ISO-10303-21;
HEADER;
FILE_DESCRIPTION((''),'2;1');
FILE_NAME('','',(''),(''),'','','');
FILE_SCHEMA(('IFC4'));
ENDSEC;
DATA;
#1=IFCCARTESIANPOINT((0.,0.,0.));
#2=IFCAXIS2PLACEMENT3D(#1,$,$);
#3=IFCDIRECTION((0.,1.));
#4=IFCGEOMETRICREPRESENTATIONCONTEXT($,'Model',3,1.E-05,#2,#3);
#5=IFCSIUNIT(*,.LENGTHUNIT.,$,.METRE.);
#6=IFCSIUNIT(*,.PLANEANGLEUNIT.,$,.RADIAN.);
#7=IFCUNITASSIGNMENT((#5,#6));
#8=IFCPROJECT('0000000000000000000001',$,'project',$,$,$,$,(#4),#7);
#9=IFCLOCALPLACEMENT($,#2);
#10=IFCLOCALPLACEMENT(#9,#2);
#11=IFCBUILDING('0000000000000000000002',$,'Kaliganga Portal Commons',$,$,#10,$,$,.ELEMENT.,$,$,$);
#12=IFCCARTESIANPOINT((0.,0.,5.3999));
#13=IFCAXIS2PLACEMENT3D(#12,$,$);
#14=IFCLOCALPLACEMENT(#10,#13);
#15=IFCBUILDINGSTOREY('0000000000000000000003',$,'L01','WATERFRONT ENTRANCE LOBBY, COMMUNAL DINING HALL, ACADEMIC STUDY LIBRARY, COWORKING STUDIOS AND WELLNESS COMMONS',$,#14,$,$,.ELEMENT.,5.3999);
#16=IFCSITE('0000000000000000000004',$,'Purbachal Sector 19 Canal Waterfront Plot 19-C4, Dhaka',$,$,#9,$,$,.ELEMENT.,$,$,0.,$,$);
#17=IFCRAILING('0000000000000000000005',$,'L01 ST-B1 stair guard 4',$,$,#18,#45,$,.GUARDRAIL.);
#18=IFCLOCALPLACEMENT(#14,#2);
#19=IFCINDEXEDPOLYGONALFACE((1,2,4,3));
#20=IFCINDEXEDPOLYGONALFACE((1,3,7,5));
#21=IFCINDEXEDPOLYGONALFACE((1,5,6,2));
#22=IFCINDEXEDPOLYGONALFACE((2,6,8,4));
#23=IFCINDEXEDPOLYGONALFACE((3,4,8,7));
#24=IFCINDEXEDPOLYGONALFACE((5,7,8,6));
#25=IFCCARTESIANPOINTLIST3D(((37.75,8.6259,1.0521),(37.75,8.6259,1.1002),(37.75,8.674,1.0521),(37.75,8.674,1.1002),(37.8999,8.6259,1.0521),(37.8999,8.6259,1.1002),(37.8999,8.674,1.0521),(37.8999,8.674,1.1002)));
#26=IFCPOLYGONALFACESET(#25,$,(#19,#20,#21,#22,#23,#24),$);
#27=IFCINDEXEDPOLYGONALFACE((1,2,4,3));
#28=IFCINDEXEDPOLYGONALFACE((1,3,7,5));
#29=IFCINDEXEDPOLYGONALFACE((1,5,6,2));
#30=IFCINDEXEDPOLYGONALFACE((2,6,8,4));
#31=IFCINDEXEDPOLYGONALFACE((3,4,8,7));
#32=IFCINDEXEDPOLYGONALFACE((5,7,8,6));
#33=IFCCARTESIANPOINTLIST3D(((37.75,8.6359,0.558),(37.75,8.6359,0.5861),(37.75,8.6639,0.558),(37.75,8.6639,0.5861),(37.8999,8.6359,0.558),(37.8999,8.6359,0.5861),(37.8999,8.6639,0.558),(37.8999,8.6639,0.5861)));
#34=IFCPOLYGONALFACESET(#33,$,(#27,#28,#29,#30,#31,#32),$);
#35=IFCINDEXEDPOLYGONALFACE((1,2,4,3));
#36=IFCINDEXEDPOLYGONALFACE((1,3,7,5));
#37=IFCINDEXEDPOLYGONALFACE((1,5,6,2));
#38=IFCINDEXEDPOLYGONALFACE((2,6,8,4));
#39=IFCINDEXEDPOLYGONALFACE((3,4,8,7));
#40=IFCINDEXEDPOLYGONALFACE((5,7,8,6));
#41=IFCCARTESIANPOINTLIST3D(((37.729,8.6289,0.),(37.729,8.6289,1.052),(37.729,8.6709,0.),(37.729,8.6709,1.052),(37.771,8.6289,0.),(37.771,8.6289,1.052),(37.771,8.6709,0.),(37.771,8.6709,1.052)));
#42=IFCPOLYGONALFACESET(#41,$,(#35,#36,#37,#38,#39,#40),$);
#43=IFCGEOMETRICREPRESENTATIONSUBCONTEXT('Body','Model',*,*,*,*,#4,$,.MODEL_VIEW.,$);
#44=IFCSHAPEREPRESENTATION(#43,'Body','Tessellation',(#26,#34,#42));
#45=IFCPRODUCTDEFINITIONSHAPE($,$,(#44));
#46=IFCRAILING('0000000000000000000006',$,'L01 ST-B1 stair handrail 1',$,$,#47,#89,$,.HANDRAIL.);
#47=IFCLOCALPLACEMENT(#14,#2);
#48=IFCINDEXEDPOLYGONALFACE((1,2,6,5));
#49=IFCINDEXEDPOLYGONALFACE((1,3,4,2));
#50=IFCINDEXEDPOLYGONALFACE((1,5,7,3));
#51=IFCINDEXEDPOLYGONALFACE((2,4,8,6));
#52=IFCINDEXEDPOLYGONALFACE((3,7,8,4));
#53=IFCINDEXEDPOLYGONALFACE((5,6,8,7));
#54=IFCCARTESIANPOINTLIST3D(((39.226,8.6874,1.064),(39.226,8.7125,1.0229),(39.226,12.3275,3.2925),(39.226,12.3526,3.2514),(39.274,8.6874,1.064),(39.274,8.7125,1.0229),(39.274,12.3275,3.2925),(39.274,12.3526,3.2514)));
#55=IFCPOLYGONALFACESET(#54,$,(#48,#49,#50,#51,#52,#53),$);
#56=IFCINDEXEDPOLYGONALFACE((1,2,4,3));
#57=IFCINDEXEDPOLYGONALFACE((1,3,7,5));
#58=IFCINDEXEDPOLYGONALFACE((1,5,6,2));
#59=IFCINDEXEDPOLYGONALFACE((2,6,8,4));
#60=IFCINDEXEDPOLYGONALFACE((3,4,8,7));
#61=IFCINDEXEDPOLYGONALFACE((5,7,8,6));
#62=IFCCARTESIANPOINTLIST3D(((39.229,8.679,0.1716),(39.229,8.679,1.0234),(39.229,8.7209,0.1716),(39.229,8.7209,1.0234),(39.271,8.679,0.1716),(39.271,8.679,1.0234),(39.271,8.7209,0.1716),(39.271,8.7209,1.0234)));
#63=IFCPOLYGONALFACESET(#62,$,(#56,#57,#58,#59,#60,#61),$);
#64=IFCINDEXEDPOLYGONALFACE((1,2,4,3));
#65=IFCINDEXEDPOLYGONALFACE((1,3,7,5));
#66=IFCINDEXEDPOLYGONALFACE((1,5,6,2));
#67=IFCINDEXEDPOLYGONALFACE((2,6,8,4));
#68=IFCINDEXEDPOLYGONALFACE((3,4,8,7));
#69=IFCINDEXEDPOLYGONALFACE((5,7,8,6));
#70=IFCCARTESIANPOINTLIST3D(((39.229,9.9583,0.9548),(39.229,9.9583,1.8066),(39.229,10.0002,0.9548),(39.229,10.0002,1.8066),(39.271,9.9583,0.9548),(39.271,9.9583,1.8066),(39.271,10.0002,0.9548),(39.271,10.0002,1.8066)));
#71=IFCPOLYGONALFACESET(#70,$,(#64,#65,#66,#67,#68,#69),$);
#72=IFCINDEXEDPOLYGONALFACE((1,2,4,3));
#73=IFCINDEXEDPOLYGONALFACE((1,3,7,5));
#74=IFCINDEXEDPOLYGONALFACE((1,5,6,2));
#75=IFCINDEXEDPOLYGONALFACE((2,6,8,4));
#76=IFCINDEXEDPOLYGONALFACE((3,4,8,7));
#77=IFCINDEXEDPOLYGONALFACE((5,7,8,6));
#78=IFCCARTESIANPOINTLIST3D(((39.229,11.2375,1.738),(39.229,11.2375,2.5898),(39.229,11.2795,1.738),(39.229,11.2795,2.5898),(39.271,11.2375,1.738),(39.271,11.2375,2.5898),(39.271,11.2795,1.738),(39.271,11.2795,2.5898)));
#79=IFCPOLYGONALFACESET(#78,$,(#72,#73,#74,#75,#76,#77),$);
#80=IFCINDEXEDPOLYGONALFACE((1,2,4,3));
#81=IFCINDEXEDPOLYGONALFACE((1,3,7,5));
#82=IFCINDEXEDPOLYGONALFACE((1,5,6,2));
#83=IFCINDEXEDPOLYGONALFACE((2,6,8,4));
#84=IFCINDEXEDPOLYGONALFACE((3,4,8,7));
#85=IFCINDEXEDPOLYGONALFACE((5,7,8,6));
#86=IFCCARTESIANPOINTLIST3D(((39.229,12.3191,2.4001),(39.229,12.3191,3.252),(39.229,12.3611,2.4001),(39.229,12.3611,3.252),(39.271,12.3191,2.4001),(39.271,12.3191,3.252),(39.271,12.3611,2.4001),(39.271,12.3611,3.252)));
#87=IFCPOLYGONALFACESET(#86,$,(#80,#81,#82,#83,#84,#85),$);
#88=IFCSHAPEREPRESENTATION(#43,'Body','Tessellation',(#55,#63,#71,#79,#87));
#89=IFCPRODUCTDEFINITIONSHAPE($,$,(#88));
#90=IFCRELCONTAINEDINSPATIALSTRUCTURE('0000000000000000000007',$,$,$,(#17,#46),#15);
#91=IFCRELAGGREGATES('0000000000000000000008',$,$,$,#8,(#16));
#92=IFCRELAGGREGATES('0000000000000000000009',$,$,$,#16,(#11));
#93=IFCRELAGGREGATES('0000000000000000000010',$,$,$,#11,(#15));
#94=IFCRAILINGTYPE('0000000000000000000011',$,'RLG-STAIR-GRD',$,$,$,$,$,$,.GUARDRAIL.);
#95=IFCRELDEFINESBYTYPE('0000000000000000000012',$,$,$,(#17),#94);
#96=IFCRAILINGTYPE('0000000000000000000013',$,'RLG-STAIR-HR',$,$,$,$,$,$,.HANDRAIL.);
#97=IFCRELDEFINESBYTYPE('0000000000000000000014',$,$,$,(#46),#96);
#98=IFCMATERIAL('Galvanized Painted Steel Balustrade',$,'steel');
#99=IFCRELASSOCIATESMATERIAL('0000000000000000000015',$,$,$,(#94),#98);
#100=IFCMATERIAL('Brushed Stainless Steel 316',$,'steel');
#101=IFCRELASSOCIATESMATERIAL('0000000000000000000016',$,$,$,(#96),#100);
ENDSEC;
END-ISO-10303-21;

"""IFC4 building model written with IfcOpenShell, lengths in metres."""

from ifc_helpers import new_model, si_unit, direction, frame, origin, origin_2d, place, context, subcontext, project, spatial, rectangle, extrude, material, type_object, element, save


model = new_model("IFC4")

# Units and contexts
model_context = context("Model", 3, precision=1e-05, world=origin(), true_north=direction((0.0, 1.0)))
body_context = subcontext(model_context, "Body", "Model", "MODEL_VIEW")
ifc_project = project(units=[si_unit("LENGTHUNIT", "METRE"), si_unit("PLANEANGLEUNIT", "RADIAN")], contexts=[model_context])

# Site, building, storey
site_placement = place(None, origin())
site = spatial("IfcSite", under=ifc_project, at=site_placement, Name="Purbachal Sector 19 Canal Waterfront Plot 19-C4, Dhaka", CompositionType="ELEMENT", RefElevation=0.0)
building_placement = place(site_placement, origin())
building = spatial("IfcBuilding", under=site, at=building_placement, Name="Kaliganga Portal Commons", CompositionType="ELEMENT")
storey_placement = place(building_placement, frame((0.0, 0.0, 5.3999)))
storey = spatial("IfcBuildingStorey", under=building, at=storey_placement, Name="L01", Description="WATERFRONT ENTRANCE LOBBY, COMMUNAL DINING HALL, ACADEMIC STUDY LIBRARY, COWORKING STUDIOS AND WELLNESS COMMONS", CompositionType="ELEMENT", Elevation=5.3999)

# Railings
ifc_material_1 = material(Name="Galvanized Painted Steel Balustrade", Category="steel")
railing_type_1 = type_object("IfcRailingType", Name="RLG-STAIR-GRD", PredefinedType="GUARDRAIL", material=ifc_material_1)
railing_1_placement = place(storey_placement, frame((37.8999, 8.6499, 0.0)))
element("IfcRailing", 1, at=railing_1_placement, inside=storey, type_object=railing_type_1, Name="L01 ST-B1 stair guard 4", PredefinedType="GUARDRAIL", context=body_context, shape_type="SweptSolid", body=[
    extrude(rectangle(XDim=0.0481, YDim=0.0481, at=origin_2d()), frame((0.0, 0.0, 1.0762), z_axis=(-1.0, 0.0, 0.0), x_axis=(0.0, -1.0, 0.0)), (0.0, 0.0, 1.0), 0.1499),
    extrude(rectangle(XDim=0.0281, YDim=0.0281, at=origin_2d()), frame((0.0, 0.0, 0.572), z_axis=(-1.0, 0.0, 0.0), x_axis=(0.0, -1.0, 0.0)), (0.0, 0.0, 1.0), 0.1499),
    extrude(rectangle(XDim=0.042, YDim=0.042, at=origin_2d()), frame((-0.1499, 0.0, 0.0)), (0.0, 0.0, 1.0), 1.052),
])
ifc_material_2 = material(Name="Brushed Stainless Steel 316", Category="steel")
railing_type_2 = type_object("IfcRailingType", Name="RLG-STAIR-HR", PredefinedType="HANDRAIL", material=ifc_material_2)
railing_2_placement = place(storey_placement, frame((39.25, 8.7, 0.1716)))
element("IfcRailing", 2, at=railing_2_placement, inside=storey, type_object=railing_type_2, Name="L01 ST-B1 stair handrail 1", PredefinedType="HANDRAIL", context=body_context, shape_type="SweptSolid", body=[
    extrude(rectangle(XDim=0.0481, YDim=0.0481, at=origin_2d()), frame((0.0, 0.0, 0.8718), z_axis=(0.0, 0.852866, 0.52213), x_axis=(-1.0, 0.0, 0.0)), (0.0, 0.0, 1.0), 4.2681),
    extrude(rectangle(XDim=0.042, YDim=0.042, at=origin_2d()), origin(), (0.0, 0.0, 1.0), 0.8518),
    extrude(rectangle(XDim=0.042, YDim=0.042, at=origin_2d()), frame((0.0, 1.2793, 0.7832)), (0.0, 0.0, 1.0), 0.8518),
    extrude(rectangle(XDim=0.042, YDim=0.042, at=origin_2d()), frame((0.0, 2.5586, 1.5664)), (0.0, 0.0, 1.0), 0.8518),
    extrude(rectangle(XDim=0.042, YDim=0.042, at=origin_2d()), frame((0.0, 3.6401, 2.2285)), (0.0, 0.0, 1.0), 0.8518),
])

save(model, "model.ifc")
